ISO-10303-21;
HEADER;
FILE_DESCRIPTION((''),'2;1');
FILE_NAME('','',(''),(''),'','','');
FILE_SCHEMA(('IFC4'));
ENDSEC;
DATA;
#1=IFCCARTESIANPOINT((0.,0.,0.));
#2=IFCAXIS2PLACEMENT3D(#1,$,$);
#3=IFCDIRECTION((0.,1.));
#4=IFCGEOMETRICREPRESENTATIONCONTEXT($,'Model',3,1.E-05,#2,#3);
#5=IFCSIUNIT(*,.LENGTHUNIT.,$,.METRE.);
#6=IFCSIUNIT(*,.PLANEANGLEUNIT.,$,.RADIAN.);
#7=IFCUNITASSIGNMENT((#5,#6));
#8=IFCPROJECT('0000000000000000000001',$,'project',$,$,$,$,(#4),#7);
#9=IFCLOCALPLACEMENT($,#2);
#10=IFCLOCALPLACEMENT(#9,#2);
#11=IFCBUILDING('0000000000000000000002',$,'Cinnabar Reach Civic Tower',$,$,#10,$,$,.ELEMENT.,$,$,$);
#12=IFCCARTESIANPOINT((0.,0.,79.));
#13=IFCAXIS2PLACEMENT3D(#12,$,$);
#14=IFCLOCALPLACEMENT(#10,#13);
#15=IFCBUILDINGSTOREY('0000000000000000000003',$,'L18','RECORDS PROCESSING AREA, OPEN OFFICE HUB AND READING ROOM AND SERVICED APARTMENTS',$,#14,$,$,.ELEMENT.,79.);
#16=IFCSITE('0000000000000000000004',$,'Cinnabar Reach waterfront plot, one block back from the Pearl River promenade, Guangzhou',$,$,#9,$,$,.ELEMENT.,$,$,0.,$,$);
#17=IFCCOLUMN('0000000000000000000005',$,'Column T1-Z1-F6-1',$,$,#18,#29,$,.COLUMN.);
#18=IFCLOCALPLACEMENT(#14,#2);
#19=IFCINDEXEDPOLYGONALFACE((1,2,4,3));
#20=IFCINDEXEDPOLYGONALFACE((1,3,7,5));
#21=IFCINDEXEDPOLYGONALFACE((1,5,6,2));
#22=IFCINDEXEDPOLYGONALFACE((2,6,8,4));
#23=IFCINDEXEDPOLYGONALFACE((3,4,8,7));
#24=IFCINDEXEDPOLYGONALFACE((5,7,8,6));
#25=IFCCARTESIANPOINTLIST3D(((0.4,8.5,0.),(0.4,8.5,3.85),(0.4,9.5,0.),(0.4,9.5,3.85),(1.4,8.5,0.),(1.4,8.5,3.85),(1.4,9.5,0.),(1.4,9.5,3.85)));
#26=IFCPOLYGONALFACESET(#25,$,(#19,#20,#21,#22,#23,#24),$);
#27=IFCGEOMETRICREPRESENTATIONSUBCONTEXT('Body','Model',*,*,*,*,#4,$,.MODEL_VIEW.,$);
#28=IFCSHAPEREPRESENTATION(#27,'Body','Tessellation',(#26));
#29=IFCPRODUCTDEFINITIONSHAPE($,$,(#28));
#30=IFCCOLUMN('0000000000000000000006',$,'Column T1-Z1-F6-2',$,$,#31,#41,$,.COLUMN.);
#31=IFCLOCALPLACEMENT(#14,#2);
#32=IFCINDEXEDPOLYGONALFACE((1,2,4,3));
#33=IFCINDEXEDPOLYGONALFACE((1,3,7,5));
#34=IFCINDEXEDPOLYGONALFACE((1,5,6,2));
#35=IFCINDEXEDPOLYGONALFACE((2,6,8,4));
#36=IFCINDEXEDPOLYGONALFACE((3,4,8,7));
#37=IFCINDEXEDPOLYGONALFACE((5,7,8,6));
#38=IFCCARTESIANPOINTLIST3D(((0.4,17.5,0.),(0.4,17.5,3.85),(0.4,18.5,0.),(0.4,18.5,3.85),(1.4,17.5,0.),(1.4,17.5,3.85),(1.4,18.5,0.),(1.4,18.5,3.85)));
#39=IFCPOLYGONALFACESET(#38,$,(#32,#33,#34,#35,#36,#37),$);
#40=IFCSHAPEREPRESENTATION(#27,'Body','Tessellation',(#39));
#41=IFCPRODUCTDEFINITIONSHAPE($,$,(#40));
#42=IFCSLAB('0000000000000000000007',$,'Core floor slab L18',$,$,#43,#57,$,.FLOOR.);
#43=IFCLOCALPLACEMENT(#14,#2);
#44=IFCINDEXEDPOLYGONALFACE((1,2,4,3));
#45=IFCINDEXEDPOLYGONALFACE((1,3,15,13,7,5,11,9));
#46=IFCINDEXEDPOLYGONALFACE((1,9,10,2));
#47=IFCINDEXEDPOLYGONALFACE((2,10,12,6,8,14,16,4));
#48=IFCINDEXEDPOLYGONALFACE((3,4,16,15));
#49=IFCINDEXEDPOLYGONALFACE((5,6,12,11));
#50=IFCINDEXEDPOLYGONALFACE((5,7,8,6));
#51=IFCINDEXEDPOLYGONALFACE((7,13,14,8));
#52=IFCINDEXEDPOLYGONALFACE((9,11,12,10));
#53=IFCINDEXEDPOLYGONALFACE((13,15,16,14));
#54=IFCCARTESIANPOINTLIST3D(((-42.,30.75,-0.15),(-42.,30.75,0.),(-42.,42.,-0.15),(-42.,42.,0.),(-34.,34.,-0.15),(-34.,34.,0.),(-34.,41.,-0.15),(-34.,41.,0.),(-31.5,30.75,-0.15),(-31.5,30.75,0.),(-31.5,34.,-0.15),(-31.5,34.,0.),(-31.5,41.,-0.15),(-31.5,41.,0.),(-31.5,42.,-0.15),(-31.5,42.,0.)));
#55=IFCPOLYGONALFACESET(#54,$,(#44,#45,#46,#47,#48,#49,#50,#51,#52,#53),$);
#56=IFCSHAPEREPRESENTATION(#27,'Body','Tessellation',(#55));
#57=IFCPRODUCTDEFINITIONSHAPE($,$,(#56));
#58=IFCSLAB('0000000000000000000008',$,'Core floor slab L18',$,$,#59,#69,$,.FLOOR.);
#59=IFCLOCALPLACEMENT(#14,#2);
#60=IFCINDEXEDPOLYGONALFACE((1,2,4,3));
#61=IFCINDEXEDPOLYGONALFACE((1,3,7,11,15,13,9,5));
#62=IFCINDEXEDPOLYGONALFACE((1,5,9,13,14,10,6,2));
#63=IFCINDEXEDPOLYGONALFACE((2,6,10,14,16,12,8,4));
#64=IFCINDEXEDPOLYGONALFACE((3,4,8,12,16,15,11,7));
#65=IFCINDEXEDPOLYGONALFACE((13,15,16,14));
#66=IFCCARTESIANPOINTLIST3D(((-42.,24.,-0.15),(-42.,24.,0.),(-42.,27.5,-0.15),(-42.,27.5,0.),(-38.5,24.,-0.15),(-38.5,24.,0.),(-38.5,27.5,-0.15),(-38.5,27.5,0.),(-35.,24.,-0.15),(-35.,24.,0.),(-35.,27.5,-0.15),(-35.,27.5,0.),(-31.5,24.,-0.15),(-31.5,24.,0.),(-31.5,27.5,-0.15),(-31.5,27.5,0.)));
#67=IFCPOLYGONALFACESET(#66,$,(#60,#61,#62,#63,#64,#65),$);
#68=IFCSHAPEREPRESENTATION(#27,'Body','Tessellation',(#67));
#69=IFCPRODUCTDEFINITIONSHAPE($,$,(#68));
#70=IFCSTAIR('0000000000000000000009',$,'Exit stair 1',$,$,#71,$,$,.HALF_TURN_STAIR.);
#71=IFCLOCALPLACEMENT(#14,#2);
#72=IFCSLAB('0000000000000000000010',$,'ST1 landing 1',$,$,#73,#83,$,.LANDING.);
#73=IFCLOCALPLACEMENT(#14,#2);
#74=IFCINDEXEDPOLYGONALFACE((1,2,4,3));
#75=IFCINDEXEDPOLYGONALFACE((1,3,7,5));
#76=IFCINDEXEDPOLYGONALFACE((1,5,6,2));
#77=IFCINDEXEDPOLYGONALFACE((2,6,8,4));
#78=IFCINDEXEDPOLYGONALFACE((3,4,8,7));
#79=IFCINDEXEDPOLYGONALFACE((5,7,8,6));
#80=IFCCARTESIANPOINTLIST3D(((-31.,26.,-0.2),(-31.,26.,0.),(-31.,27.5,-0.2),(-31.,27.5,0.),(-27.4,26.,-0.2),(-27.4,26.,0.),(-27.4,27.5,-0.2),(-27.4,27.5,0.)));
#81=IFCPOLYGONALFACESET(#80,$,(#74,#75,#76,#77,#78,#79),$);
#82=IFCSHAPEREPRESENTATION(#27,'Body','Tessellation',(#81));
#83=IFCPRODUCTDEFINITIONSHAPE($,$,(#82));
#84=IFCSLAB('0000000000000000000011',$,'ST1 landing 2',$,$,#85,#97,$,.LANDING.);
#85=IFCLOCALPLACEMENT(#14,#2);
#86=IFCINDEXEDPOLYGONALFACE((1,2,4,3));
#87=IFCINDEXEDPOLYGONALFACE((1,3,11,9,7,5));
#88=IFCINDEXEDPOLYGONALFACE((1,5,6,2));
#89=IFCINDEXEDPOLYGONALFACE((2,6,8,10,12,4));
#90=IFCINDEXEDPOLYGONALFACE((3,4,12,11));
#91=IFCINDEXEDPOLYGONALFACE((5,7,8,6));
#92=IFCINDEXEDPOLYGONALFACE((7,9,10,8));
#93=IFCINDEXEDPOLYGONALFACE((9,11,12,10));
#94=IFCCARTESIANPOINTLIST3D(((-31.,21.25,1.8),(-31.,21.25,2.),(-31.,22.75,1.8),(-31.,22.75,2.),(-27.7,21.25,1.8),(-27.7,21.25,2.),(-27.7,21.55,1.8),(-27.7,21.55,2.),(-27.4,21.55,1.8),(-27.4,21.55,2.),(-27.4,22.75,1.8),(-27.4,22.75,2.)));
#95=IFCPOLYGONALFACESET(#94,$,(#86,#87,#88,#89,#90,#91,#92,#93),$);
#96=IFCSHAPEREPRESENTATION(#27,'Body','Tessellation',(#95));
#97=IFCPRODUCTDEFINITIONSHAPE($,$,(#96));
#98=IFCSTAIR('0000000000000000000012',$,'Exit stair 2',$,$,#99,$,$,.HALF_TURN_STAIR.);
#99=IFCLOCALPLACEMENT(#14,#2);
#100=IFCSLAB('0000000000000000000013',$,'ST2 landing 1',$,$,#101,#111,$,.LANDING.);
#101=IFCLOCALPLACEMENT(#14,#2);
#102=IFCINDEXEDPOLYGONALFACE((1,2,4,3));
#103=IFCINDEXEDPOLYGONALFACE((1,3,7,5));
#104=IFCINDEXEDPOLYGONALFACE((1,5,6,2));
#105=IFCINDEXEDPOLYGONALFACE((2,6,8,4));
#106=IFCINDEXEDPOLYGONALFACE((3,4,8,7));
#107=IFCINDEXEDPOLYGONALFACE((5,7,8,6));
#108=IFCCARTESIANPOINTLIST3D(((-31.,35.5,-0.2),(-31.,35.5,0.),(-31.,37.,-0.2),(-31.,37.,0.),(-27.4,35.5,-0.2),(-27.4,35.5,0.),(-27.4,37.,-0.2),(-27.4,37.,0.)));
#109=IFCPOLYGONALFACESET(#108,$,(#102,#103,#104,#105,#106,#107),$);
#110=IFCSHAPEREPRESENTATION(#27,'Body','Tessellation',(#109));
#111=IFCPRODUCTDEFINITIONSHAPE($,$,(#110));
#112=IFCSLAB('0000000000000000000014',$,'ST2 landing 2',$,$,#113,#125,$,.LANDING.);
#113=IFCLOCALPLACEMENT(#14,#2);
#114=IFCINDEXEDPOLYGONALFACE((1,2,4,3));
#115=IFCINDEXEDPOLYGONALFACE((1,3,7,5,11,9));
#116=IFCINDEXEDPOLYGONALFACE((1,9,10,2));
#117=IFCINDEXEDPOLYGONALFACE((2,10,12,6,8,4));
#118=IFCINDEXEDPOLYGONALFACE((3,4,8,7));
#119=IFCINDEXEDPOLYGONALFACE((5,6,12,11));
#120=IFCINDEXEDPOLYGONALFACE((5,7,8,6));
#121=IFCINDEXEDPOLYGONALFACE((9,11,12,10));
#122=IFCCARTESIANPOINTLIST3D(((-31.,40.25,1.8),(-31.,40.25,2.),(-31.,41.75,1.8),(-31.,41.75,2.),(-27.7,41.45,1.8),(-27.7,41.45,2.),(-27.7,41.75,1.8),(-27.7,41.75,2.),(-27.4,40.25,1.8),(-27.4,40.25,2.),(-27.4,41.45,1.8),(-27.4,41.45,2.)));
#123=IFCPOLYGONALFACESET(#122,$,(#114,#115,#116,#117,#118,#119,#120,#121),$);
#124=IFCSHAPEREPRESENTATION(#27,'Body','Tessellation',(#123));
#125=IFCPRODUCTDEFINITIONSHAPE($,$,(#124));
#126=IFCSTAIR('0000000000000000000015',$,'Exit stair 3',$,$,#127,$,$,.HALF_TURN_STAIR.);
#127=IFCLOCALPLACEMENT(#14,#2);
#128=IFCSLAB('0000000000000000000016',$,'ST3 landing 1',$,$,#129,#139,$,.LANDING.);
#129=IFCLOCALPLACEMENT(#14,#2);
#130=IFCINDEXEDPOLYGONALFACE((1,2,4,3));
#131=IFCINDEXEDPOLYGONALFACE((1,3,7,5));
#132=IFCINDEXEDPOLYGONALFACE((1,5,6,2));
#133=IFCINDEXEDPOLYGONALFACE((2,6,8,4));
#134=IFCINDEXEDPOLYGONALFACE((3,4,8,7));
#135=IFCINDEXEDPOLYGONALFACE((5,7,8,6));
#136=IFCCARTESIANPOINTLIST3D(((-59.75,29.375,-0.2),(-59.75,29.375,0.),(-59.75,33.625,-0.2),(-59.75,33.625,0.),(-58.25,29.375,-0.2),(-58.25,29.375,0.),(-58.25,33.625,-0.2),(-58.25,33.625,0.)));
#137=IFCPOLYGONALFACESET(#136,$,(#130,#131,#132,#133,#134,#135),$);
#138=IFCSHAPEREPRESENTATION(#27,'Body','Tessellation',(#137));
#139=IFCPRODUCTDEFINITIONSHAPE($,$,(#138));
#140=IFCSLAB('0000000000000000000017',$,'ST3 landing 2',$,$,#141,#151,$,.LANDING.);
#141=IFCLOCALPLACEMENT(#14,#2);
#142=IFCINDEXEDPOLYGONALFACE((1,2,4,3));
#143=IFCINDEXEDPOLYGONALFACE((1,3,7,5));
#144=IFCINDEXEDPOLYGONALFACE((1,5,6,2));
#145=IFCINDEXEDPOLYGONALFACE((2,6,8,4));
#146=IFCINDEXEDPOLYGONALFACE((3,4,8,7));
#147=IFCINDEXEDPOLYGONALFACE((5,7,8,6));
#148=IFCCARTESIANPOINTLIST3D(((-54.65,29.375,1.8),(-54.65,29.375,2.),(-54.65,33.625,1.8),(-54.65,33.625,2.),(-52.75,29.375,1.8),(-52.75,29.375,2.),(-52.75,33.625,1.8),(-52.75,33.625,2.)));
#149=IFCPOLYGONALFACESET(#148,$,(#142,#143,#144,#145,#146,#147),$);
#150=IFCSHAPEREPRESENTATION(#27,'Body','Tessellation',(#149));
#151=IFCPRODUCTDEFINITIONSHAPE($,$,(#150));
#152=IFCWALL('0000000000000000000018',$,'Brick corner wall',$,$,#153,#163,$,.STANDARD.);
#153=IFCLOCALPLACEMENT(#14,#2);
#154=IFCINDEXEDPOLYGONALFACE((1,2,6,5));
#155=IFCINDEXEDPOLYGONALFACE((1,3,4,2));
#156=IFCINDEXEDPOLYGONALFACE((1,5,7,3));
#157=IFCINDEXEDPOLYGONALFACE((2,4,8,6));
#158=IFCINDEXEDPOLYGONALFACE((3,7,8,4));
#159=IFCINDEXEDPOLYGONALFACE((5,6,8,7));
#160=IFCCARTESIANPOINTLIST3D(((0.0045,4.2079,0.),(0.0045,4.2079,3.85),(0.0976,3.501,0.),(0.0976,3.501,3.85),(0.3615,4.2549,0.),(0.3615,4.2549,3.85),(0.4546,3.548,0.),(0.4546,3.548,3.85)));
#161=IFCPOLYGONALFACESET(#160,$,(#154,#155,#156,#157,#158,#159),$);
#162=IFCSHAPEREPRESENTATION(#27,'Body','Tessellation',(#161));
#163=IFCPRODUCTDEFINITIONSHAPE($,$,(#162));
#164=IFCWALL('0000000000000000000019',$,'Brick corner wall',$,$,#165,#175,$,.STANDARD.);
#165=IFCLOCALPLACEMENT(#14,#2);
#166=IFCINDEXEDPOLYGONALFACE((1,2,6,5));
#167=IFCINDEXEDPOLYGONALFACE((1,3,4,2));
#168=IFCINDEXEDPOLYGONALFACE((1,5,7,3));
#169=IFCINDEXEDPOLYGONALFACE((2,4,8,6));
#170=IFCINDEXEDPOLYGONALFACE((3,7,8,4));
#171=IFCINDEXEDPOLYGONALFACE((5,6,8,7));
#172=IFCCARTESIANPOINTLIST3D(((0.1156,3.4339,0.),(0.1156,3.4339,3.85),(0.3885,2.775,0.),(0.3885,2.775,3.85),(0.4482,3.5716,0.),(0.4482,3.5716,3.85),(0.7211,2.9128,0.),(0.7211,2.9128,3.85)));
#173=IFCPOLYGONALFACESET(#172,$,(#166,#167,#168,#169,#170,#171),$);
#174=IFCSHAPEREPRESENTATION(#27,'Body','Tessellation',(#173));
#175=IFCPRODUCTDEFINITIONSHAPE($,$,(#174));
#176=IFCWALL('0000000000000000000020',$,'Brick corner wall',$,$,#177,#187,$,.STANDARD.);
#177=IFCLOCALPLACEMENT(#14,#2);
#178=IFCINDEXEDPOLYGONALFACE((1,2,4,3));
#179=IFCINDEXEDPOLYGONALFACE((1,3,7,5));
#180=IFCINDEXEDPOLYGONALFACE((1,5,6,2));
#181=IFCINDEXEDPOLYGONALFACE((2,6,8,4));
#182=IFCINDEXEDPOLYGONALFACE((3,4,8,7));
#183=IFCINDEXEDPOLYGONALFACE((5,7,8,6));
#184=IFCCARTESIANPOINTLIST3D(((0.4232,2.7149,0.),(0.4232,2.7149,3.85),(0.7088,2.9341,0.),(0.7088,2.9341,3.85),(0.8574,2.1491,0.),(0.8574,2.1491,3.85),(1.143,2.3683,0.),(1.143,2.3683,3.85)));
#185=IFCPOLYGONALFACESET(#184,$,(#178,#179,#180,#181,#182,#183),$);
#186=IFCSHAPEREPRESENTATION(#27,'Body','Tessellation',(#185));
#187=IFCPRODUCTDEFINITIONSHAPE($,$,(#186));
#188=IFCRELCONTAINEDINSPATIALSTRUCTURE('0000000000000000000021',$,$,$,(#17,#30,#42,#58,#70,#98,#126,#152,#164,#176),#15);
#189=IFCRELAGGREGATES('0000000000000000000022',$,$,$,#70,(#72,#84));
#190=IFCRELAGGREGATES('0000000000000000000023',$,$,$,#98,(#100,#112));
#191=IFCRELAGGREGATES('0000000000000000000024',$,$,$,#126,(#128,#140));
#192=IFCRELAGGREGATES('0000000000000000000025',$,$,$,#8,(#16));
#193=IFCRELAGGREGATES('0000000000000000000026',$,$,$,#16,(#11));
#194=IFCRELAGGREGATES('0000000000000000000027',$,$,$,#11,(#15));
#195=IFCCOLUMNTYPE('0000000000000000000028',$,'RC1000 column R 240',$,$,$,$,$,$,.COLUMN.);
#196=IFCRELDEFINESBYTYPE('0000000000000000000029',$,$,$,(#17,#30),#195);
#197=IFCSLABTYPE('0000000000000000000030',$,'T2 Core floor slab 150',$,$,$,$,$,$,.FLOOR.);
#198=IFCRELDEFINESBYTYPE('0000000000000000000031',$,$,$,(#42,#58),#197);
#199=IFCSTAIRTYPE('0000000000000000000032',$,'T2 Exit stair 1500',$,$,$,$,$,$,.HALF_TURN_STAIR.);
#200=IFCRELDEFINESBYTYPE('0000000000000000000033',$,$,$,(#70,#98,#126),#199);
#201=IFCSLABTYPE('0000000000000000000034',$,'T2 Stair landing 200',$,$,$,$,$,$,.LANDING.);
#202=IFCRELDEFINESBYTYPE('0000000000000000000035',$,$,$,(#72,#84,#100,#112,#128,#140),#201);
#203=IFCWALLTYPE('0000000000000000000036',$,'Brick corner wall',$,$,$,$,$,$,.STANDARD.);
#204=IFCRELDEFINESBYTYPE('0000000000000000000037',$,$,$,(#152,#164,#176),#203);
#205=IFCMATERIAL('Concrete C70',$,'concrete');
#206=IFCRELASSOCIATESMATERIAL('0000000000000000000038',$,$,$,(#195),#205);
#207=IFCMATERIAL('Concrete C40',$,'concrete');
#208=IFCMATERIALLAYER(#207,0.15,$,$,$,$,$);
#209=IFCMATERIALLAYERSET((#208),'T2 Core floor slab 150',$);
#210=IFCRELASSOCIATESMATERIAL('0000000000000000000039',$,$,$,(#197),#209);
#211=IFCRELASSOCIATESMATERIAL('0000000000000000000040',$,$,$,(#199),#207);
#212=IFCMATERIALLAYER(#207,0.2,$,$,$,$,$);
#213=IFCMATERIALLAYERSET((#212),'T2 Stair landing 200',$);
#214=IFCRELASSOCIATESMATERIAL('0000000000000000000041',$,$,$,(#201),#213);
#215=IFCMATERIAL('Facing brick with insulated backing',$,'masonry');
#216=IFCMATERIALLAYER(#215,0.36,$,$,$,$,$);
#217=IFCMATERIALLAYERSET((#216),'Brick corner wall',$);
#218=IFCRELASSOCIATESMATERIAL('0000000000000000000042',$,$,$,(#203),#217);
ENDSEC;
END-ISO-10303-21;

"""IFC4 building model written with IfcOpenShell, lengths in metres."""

from ifc_helpers import new_model, si_unit, direction, frame, frame_2d, origin, origin_2d, place, context, subcontext, project, spatial, polyline, rectangle, outline, extrude, material, layer, layer_set, material_profile, profile_set, type_object, element, aggregate, save


model = new_model("IFC4")

# Units and contexts
model_context = context("Model", 3, precision=1e-05, world=origin(), true_north=direction((0.0, 1.0)))
body_context = subcontext(model_context, "Body", "Model", "MODEL_VIEW")
ifc_project = project(units=[si_unit("LENGTHUNIT", "METRE"), si_unit("PLANEANGLEUNIT", "RADIAN")], contexts=[model_context])

# Site, building, storey
site_placement = place(None, origin())
site = spatial("IfcSite", under=ifc_project, at=site_placement, Name="Cinnabar Reach waterfront plot, one block back from the Pearl River promenade, Guangzhou", CompositionType="ELEMENT", RefElevation=0.0)
building_placement = place(site_placement, origin())
building = spatial("IfcBuilding", under=site, at=building_placement, Name="Cinnabar Reach Civic Tower", CompositionType="ELEMENT")
storey_placement = place(building_placement, frame((0.0, 0.0, 79.0)))
storey = spatial("IfcBuildingStorey", under=building, at=storey_placement, Name="L18", Description="RECORDS PROCESSING AREA, OPEN OFFICE HUB AND READING ROOM AND SERVICED APARTMENTS", CompositionType="ELEMENT", Elevation=79.0)

# Columns
ifc_material_1 = material(Name="Concrete C70", Category="concrete")
ifc_material_profile = material_profile(ifc_material_1, rectangle(XDim=1.0, YDim=1.0, at=origin_2d()), Name="RC1000")
ifc_profile_set = profile_set([ifc_material_profile], Name="Concrete C70")
column_type = type_object("IfcColumnType", Name="RC1000 column R 240", PredefinedType="COLUMN", material=ifc_profile_set)
for number, where, z_axis, x_axis, name in (
    (1, (0.9, 9.0, 0.0), (0.0, 0.0, 1.0), (1.0, 0.0, 0.0), "Column T1-Z1-F6-1"),
    (2, (0.9, 18.0, 0.0), (0.0, 0.0, 1.0), (1.0, 0.0, 0.0), "Column T1-Z1-F6-2"),
):
    element("IfcColumn", number, at=place(storey_placement, frame(where, z_axis=z_axis, x_axis=x_axis)), inside=storey, type_object=column_type, Name=name, PredefinedType="COLUMN", context=body_context, shape_type="SweptSolid", body=[
        extrude(rectangle(XDim=1.0, YDim=1.0, at=origin_2d()), origin(), (0.0, 0.0, 1.0), 3.85),
    ])

# Slabs
ifc_material_2 = material(Name="Concrete C40", Category="concrete")
ifc_layer_1 = layer(ifc_material_2, 0.15)
ifc_layer_set_1 = layer_set([ifc_layer_1], Name="T2 Core floor slab 150")
slab_type_1 = type_object("IfcSlabType", Name="T2 Core floor slab 150", PredefinedType="FLOOR", material=ifc_layer_set_1)
slab_1_placement = place(storey_placement, frame((0.0, 0.0, -0.15)))
element("IfcSlab", 3, at=slab_1_placement, inside=storey, type_object=slab_type_1, Name="Core floor slab L18", PredefinedType="FLOOR", context=body_context, shape_type="SweptSolid", body=[
    extrude(outline(polyline([(-42.0, 42.0), (-31.5, 42.0), (-31.5, 41.0), (-34.0, 41.0), (-34.0, 34.0), (-31.5, 34.0), (-31.5, 30.75), (-42.0, 30.75), (-42.0, 42.0)])), origin(), (0.0, 0.0, 1.0), 0.15),
])
slab_2_placement = place(storey_placement, frame((0.0, 0.0, -0.15)))
element("IfcSlab", 4, at=slab_2_placement, inside=storey, type_object=slab_type_1, Name="Core floor slab L18", PredefinedType="FLOOR", context=body_context, shape_type="SweptSolid", body=[
    extrude(outline(polyline([(-35.0, 24.0), (-38.5, 24.0), (-42.0, 24.0), (-42.0, 27.5), (-38.5, 27.5), (-35.0, 27.5), (-31.5, 27.5), (-31.5, 24.0), (-35.0, 24.0)])), origin(), (0.0, 0.0, 1.0), 0.15),
])

# Stairs, slabs
stair_type = type_object("IfcStairType", Name="T2 Exit stair 1500", PredefinedType="HALF_TURN_STAIR", material=ifc_material_2)
stair_1_placement = place(storey_placement, origin())
stair_1 = element("IfcStair", 5, at=stair_1_placement, inside=storey, type_object=stair_type, Name="Exit stair 1", PredefinedType="HALF_TURN_STAIR")
ifc_layer_2 = layer(ifc_material_2, 0.2)
ifc_layer_set_2 = layer_set([ifc_layer_2], Name="T2 Stair landing 200")
slab_type_2 = type_object("IfcSlabType", Name="T2 Stair landing 200", PredefinedType="LANDING", material=ifc_layer_set_2)
slab_3_placement = place(storey_placement, frame((0.0, 0.0, -0.2)))
slab_3 = element("IfcSlab", 6, at=slab_3_placement, type_object=slab_type_2, Name="ST1 landing 1", PredefinedType="LANDING", context=body_context, shape_type="SweptSolid", body=[
    extrude(outline(polyline([(-31.0, 26.0), (-31.0, 27.5), (-27.4, 27.5), (-27.4, 26.0), (-31.0, 26.0)])), origin(), (0.0, 0.0, 1.0), 0.2),
])
slab_4_placement = place(storey_placement, frame((0.0, 0.0, 1.8)))
slab_4 = element("IfcSlab", 7, at=slab_4_placement, type_object=slab_type_2, Name="ST1 landing 2", PredefinedType="LANDING", context=body_context, shape_type="SweptSolid", body=[
    extrude(outline(polyline([(-31.0, 21.25), (-31.0, 22.75), (-27.4, 22.75), (-27.4, 21.55), (-27.7, 21.55), (-27.7, 21.25), (-31.0, 21.25)])), origin(), (0.0, 0.0, 1.0), 0.2),
])
aggregate(stair_1, [slab_3, slab_4])
stair_2_placement = place(storey_placement, origin())
stair_2 = element("IfcStair", 8, at=stair_2_placement, inside=storey, type_object=stair_type, Name="Exit stair 2", PredefinedType="HALF_TURN_STAIR")
slab_5_placement = place(storey_placement, frame((0.0, 0.0, -0.2)))
slab_5 = element("IfcSlab", 9, at=slab_5_placement, type_object=slab_type_2, Name="ST2 landing 1", PredefinedType="LANDING", context=body_context, shape_type="SweptSolid", body=[
    extrude(outline(polyline([(-31.0, 35.5), (-31.0, 37.0), (-27.4, 37.0), (-27.4, 35.5), (-31.0, 35.5)])), origin(), (0.0, 0.0, 1.0), 0.2),
])
slab_6_placement = place(storey_placement, frame((0.0, 0.0, 1.8)))
slab_6 = element("IfcSlab", 10, at=slab_6_placement, type_object=slab_type_2, Name="ST2 landing 2", PredefinedType="LANDING", context=body_context, shape_type="SweptSolid", body=[
    extrude(outline(polyline([(-27.4, 40.25), (-31.0, 40.25), (-31.0, 41.75), (-27.7, 41.75), (-27.7, 41.45), (-27.4, 41.45), (-27.4, 40.25)])), origin(), (0.0, 0.0, 1.0), 0.2),
])
aggregate(stair_2, [slab_5, slab_6])
stair_3_placement = place(storey_placement, origin())
stair_3 = element("IfcStair", 11, at=stair_3_placement, inside=storey, type_object=stair_type, Name="Exit stair 3", PredefinedType="HALF_TURN_STAIR")
slab_7_placement = place(storey_placement, frame((0.0, 0.0, -0.2)))
slab_7 = element("IfcSlab", 12, at=slab_7_placement, type_object=slab_type_2, Name="ST3 landing 1", PredefinedType="LANDING", context=body_context, shape_type="SweptSolid", body=[
    extrude(outline(polyline([(-59.75, 29.375), (-59.75, 33.625), (-58.25, 33.625), (-58.25, 29.375), (-59.75, 29.375)])), origin(), (0.0, 0.0, 1.0), 0.2),
])
slab_8_placement = place(storey_placement, frame((0.0, 0.0, 1.8)))
slab_8 = element("IfcSlab", 13, at=slab_8_placement, type_object=slab_type_2, Name="ST3 landing 2", PredefinedType="LANDING", context=body_context, shape_type="SweptSolid", body=[
    extrude(outline(polyline([(-54.65, 29.375), (-54.65, 33.625), (-52.75, 33.625), (-52.75, 29.375), (-54.65, 29.375)])), origin(), (0.0, 0.0, 1.0), 0.2),
])
aggregate(stair_3, [slab_7, slab_8])

# Walls
ifc_material_3 = material(Name="Facing brick with insulated backing", Category="masonry")
ifc_layer_3 = layer(ifc_material_3, 0.36)
ifc_layer_set_3 = layer_set([ifc_layer_3], Name="Brick corner wall")
wall_type_1 = type_object("IfcWallType", Name="Brick corner wall", PredefinedType="STANDARD", material=ifc_layer_set_3)
for number, where, z_axis, x_axis, name in (
    (14, (0.183, 4.2314, 0.0), (0.0, 0.0, 1.0), (0.130556, -0.991441, 0.0), "Brick corner wall"),
    (15, (0.2819, 3.5027, 0.0), (0.0, 0.0, 1.0), (0.382703, -0.923872, 0.0), "Brick corner wall"),
):
    element("IfcWall", number, at=place(storey_placement, frame(where, z_axis=z_axis, x_axis=x_axis)), inside=storey, type_object=wall_type_1, Name=name, PredefinedType="STANDARD", context=body_context, shape_type="SweptSolid", body=[
        extrude(rectangle(XDim=0.7131, YDim=0.36, at=frame_2d((0.3565, 0.0))), origin(), (0.0, 0.0, 1.0), 3.85),
    ])
wall_1_placement = place(storey_placement, frame((0.566, 2.8245, 0.0), z_axis=(0.0, 0.0, 1.0), x_axis=(0.608802, -0.793322, 0.0)))
element("IfcWall", 16, at=wall_1_placement, inside=storey, type_object=wall_type_1, Name="Brick corner wall", PredefinedType="STANDARD", context=body_context, shape_type="SweptSolid", body=[
    extrude(rectangle(XDim=0.7132, YDim=0.36, at=frame_2d((0.3566, 0.0))), origin(), (0.0, 0.0, 1.0), 3.85),
])

save(model, "model.ifc")
